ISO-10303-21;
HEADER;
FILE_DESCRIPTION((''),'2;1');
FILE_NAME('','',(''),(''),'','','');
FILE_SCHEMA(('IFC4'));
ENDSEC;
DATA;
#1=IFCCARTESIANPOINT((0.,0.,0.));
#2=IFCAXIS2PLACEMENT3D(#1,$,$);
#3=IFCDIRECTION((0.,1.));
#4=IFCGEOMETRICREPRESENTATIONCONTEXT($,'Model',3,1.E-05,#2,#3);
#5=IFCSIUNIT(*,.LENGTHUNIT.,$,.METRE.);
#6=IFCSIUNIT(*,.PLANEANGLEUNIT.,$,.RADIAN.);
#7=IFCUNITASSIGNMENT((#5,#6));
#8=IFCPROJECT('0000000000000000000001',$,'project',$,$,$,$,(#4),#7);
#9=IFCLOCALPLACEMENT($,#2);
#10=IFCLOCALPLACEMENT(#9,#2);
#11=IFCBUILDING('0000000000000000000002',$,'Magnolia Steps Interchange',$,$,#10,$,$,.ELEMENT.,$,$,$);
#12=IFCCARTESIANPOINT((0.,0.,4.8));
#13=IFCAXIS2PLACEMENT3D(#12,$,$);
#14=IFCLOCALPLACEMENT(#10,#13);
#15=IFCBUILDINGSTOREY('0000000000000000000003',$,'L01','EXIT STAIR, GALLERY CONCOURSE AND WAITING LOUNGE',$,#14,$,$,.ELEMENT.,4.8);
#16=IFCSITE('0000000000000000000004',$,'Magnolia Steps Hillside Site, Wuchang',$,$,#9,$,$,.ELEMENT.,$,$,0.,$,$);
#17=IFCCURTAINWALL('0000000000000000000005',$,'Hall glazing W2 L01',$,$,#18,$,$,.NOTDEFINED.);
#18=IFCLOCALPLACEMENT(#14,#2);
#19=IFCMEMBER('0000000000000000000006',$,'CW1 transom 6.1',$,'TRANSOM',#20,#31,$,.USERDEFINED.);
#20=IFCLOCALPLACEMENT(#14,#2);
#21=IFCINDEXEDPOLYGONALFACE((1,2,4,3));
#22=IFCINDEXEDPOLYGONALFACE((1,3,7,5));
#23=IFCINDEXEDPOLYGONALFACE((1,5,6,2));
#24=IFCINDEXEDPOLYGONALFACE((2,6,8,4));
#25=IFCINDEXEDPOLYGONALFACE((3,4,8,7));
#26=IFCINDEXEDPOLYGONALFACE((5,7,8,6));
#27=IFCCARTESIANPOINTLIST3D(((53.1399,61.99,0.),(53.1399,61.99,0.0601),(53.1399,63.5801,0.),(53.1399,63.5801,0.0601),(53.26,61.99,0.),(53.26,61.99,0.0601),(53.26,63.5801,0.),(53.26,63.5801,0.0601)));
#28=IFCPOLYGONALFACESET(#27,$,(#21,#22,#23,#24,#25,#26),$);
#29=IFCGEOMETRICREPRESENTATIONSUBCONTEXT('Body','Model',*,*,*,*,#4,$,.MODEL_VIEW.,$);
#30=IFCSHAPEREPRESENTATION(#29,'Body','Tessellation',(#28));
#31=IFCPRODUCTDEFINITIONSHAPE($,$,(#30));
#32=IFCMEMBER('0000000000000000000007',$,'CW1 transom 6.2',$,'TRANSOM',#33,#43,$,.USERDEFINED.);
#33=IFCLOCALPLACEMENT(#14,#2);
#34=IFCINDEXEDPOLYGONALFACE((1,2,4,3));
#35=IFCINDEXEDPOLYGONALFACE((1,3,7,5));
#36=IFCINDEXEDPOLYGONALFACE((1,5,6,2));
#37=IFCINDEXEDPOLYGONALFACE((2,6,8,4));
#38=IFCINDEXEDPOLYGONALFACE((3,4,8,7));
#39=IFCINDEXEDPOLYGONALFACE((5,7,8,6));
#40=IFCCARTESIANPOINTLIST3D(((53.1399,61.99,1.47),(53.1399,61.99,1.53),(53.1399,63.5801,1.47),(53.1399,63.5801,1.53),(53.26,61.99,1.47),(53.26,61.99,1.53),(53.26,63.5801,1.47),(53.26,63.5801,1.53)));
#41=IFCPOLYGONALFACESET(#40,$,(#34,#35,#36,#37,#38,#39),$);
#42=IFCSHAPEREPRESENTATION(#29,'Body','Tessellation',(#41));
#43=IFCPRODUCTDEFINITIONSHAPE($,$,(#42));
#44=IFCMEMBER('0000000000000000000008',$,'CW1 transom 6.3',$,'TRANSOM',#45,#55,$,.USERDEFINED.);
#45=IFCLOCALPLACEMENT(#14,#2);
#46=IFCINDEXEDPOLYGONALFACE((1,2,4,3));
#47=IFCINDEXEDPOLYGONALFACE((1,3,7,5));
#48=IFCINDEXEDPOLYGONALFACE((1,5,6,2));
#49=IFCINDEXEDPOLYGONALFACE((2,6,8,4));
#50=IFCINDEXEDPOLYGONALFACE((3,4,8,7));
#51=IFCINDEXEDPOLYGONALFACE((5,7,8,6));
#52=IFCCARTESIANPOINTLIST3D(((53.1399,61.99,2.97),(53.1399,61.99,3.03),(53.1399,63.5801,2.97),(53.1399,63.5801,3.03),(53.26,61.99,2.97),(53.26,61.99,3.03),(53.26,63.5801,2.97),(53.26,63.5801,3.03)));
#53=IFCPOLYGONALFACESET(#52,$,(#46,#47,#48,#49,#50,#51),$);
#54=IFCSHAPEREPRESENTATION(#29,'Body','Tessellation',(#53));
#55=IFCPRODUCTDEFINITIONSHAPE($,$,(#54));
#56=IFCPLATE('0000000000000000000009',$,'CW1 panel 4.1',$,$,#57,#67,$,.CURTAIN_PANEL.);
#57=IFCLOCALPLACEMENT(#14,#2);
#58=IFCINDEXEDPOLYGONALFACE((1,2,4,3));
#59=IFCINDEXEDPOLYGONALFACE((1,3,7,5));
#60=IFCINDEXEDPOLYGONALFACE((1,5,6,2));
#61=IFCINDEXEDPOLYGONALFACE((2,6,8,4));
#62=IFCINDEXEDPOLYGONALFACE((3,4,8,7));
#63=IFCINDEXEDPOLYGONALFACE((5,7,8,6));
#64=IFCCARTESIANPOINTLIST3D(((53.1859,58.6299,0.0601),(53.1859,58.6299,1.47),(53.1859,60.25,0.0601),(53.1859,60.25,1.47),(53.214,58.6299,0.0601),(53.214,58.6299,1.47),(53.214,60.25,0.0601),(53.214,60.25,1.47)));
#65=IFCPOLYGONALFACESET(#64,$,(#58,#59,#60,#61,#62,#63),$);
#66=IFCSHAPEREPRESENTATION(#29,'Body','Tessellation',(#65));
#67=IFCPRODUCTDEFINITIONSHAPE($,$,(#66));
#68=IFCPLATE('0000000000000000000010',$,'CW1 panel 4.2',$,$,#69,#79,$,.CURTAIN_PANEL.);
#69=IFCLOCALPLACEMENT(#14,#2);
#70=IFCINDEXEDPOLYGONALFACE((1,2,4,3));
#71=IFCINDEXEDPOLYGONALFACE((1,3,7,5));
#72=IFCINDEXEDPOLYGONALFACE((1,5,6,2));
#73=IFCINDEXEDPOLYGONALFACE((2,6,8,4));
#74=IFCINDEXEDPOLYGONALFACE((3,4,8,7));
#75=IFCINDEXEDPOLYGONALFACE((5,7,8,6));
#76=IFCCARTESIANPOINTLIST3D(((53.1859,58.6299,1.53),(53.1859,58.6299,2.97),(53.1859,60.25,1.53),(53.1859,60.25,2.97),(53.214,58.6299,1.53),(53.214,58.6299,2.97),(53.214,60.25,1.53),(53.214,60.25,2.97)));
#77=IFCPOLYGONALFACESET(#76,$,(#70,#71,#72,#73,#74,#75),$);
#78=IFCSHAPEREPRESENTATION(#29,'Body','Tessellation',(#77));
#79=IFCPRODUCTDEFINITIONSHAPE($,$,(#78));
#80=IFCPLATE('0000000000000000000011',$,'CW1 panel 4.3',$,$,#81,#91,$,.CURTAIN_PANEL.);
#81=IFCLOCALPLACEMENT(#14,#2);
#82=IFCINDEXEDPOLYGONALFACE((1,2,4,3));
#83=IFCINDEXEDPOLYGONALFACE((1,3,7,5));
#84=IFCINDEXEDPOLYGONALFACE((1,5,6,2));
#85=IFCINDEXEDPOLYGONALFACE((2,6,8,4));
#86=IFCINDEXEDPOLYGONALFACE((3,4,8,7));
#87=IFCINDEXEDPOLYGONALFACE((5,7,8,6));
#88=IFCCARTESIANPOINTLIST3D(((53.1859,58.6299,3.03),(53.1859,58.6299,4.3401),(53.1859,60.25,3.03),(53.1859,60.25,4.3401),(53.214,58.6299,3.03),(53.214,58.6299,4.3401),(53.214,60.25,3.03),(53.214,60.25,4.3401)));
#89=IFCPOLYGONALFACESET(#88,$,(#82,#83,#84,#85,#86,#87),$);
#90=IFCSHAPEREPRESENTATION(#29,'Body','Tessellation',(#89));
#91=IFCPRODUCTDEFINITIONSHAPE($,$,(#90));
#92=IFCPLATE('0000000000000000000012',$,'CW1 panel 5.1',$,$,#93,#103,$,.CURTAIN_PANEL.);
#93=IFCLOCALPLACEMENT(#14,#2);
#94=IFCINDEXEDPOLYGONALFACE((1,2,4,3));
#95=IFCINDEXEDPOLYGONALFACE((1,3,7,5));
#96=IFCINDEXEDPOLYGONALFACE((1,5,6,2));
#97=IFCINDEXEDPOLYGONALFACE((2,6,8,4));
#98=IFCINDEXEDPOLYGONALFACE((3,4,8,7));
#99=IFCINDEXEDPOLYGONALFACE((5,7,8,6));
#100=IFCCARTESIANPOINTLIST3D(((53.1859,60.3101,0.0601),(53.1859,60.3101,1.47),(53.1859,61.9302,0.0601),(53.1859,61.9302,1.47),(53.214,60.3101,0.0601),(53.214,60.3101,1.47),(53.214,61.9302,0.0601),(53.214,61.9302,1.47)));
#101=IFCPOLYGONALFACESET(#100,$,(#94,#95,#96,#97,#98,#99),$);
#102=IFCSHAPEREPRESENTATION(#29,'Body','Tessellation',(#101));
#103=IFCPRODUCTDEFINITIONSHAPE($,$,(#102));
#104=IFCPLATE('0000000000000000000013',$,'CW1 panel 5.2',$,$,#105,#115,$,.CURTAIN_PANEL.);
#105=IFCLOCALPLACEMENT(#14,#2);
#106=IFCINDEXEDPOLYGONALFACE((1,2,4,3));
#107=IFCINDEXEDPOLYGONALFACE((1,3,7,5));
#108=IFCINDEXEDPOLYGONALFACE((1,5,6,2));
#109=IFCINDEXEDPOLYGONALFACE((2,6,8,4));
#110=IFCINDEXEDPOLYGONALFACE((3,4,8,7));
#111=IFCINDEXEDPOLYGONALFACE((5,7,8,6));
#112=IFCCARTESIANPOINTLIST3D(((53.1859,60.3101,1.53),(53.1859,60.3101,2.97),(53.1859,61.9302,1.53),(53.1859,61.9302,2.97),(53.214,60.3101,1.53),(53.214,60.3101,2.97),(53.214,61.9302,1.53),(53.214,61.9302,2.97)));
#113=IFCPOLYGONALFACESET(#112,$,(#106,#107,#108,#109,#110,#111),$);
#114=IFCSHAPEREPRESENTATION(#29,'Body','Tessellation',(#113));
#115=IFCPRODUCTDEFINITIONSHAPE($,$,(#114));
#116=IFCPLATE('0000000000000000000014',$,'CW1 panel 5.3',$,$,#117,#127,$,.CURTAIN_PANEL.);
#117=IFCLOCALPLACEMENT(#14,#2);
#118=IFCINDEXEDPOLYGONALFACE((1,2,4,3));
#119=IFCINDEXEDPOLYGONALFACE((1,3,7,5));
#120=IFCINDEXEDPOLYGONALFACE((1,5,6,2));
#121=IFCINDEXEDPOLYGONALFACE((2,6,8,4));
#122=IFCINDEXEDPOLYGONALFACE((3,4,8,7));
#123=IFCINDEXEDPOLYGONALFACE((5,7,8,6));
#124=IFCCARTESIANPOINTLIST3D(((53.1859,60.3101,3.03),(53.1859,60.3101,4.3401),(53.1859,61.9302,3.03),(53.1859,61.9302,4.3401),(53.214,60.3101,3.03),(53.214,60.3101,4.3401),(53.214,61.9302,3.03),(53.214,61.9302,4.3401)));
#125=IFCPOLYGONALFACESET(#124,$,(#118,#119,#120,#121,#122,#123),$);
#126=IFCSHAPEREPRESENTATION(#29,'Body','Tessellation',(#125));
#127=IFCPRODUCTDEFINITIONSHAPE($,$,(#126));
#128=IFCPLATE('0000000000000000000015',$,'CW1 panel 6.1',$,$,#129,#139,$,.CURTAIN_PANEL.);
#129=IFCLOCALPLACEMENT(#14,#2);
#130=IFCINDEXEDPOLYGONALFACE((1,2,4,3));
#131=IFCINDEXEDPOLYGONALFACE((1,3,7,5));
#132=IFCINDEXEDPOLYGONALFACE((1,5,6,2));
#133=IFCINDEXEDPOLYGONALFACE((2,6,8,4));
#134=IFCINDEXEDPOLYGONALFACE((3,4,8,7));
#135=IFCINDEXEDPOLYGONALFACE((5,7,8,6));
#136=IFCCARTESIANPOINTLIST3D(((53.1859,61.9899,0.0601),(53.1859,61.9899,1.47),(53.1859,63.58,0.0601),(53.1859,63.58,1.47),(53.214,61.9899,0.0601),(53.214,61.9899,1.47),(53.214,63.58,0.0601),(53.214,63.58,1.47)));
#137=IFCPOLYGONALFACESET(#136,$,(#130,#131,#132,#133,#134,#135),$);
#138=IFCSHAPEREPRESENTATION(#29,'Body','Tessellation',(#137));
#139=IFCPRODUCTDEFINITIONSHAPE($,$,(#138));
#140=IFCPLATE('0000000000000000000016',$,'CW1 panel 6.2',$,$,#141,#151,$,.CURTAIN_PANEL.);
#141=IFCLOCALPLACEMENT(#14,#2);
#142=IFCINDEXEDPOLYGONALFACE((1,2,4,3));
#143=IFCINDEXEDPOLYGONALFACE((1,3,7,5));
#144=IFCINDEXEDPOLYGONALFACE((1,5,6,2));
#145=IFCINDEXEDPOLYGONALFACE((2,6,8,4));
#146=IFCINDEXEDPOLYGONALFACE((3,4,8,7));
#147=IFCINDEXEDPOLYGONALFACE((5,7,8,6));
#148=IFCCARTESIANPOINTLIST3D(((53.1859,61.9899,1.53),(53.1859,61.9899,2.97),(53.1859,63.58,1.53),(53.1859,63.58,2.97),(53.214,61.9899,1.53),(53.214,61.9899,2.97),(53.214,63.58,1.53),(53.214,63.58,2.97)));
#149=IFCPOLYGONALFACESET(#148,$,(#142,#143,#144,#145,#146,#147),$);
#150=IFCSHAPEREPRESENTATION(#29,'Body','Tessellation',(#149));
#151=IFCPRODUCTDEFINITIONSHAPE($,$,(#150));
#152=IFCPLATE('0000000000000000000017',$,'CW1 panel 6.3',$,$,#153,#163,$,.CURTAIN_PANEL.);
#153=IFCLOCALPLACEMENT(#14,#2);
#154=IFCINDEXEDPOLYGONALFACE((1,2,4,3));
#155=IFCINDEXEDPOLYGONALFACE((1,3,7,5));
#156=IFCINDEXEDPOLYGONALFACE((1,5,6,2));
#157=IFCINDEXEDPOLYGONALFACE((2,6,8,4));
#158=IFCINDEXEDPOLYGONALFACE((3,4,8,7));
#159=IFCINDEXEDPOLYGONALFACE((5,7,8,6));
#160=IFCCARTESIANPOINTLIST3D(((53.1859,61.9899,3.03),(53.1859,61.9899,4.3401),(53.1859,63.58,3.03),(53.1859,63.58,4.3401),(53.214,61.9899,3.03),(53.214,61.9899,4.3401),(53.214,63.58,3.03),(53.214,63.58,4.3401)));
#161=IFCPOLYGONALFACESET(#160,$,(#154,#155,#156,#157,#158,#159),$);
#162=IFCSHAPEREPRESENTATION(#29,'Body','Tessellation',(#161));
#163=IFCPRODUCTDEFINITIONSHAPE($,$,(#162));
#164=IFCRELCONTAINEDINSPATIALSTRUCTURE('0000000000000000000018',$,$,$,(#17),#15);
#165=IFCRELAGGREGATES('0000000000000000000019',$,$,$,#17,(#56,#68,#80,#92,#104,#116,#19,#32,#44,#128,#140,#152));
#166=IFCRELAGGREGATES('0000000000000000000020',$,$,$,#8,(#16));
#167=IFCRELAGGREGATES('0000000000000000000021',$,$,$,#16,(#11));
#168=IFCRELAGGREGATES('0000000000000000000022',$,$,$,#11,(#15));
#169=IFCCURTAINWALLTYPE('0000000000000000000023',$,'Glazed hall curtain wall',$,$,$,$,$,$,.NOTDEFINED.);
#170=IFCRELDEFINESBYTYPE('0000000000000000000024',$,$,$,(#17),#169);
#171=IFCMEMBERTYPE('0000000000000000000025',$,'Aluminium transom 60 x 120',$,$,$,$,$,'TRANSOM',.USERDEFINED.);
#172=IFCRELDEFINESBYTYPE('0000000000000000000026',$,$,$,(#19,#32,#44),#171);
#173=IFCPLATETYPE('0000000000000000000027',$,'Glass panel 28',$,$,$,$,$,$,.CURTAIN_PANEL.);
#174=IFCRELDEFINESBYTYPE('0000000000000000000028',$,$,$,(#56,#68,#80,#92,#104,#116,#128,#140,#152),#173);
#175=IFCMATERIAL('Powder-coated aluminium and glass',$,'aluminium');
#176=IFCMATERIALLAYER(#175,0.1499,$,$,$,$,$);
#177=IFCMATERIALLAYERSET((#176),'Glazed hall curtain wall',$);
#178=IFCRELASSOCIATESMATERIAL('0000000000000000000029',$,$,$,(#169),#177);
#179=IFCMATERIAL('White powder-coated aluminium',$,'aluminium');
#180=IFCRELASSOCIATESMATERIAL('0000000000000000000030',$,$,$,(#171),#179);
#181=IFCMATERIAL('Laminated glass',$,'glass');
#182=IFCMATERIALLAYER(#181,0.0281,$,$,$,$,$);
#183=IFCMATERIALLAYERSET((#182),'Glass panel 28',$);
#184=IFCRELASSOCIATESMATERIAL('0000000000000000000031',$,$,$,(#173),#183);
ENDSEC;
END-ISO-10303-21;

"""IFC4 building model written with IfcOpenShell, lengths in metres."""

from ifc_helpers import new_model, si_unit, direction, frame, origin, origin_2d, place, context, subcontext, project, spatial, rectangle, extrude, material, layer, layer_set, material_profile, profile_set, type_object, element, aggregate, save


model = new_model("IFC4")

# Units and contexts
model_context = context("Model", 3, precision=1e-05, world=origin(), true_north=direction((0.0, 1.0)))
body_context = subcontext(model_context, "Body", "Model", "MODEL_VIEW")
ifc_project = project(units=[si_unit("LENGTHUNIT", "METRE"), si_unit("PLANEANGLEUNIT", "RADIAN")], contexts=[model_context])

# Site, building, storey
site_placement = place(None, origin())
site = spatial("IfcSite", under=ifc_project, at=site_placement, Name="Magnolia Steps Hillside Site, Wuchang", CompositionType="ELEMENT", RefElevation=0.0)
building_placement = place(site_placement, origin())
building = spatial("IfcBuilding", under=site, at=building_placement, Name="Magnolia Steps Interchange", CompositionType="ELEMENT")
storey_placement = place(building_placement, frame((0.0, 0.0, 4.8)))
storey = spatial("IfcBuildingStorey", under=building, at=storey_placement, Name="L01", Description="EXIT STAIR, GALLERY CONCOURSE AND WAITING LOUNGE", CompositionType="ELEMENT", Elevation=4.8)

# Curtain wall, members, plates
ifc_material_1 = material(Name="Powder-coated aluminium and glass", Category="aluminium")
ifc_layer_1 = layer(ifc_material_1, 0.1499)
ifc_layer_set_1 = layer_set([ifc_layer_1], Name="Glazed hall curtain wall")
curtain_wall_type = type_object("IfcCurtainWallType", Name="Glazed hall curtain wall", PredefinedType="NOTDEFINED", material=ifc_layer_set_1)
curtain_wall_placement = place(storey_placement, origin())
curtain_wall = element("IfcCurtainWall", 1, at=curtain_wall_placement, inside=storey, type_object=curtain_wall_type, Name="Hall glazing W2 L01", PredefinedType="NOTDEFINED")
ifc_material_2 = material(Name="White powder-coated aluminium", Category="aluminium")
ifc_material_profile_1 = material_profile(ifc_material_2, rectangle(XDim=0.0601, YDim=0.1201, at=origin_2d()), Name="Aluminium transom 60 x 120")
ifc_profile_set_1 = profile_set([ifc_material_profile_1], Name="White powder-coated aluminium")
member_type_1 = type_object("IfcMemberType", Name="Aluminium transom 60 x 120", ElementType="TRANSOM", PredefinedType="USERDEFINED", material=ifc_profile_set_1)
member_1_placement = place(storey_placement, frame((53.2, 61.99, 0.03), z_axis=(0.0, 1.0, 0.0), x_axis=(0.0, 0.0, 1.0)))
member_1 = element("IfcMember", 2, at=member_1_placement, type_object=member_type_1, Name="CW1 transom 6.1", ObjectType="TRANSOM", PredefinedType="USERDEFINED", context=body_context, shape_type="SweptSolid", body=[
    extrude(rectangle(XDim=0.0601, YDim=0.1201, at=origin_2d()), origin(), (0.0, 0.0, 1.0), 1.5901),
])
member_2_placement = place(storey_placement, frame((53.2, 61.99, 1.5), z_axis=(0.0, 1.0, 0.0), x_axis=(0.0, 0.0, 1.0)))
member_2 = element("IfcMember", 3, at=member_2_placement, type_object=member_type_1, Name="CW1 transom 6.2", ObjectType="TRANSOM", PredefinedType="USERDEFINED", context=body_context, shape_type="SweptSolid", body=[
    extrude(rectangle(XDim=0.0601, YDim=0.1201, at=origin_2d()), origin(), (0.0, 0.0, 1.0), 1.5901),
])
member_3_placement = place(storey_placement, frame((53.2, 61.99, 3.0), z_axis=(0.0, 1.0, 0.0), x_axis=(0.0, 0.0, 1.0)))
member_3 = element("IfcMember", 4, at=member_3_placement, type_object=member_type_1, Name="CW1 transom 6.3", ObjectType="TRANSOM", PredefinedType="USERDEFINED", context=body_context, shape_type="SweptSolid", body=[
    extrude(rectangle(XDim=0.0601, YDim=0.1201, at=origin_2d()), origin(), (0.0, 0.0, 1.0), 1.5901),
])
ifc_material_3 = material(Name="Laminated glass", Category="glass")
ifc_layer_2 = layer(ifc_material_3, 0.0281)
ifc_layer_set_2 = layer_set([ifc_layer_2], Name="Glass panel 28")
plate_type = type_object("IfcPlateType", Name="Glass panel 28", PredefinedType="CURTAIN_PANEL", material=ifc_layer_set_2)
plate_1_placement = place(storey_placement, frame((53.2, 59.4399, 0.0601), z_axis=(0.0, 0.0, 1.0), x_axis=(0.0, 1.0, 0.0)))
plate_1 = element("IfcPlate", 5, at=plate_1_placement, type_object=plate_type, Name="CW1 panel 4.1", PredefinedType="CURTAIN_PANEL", context=body_context, shape_type="SweptSolid", body=[
    extrude(rectangle(XDim=1.6201, YDim=0.0281, at=origin_2d()), origin(), (0.0, 0.0, 1.0), 1.4099),
])
plate_2_placement = place(storey_placement, frame((53.2, 59.4399, 1.53), z_axis=(0.0, 0.0, 1.0), x_axis=(0.0, 1.0, 0.0)))
plate_2 = element("IfcPlate", 6, at=plate_2_placement, type_object=plate_type, Name="CW1 panel 4.2", PredefinedType="CURTAIN_PANEL", context=body_context, shape_type="SweptSolid", body=[
    extrude(rectangle(XDim=1.6201, YDim=0.0281, at=origin_2d()), origin(), (0.0, 0.0, 1.0), 1.4399),
])
plate_3_placement = place(storey_placement, frame((53.2, 59.4399, 3.03), z_axis=(0.0, 0.0, 1.0), x_axis=(0.0, 1.0, 0.0)))
plate_3 = element("IfcPlate", 7, at=plate_3_placement, type_object=plate_type, Name="CW1 panel 4.3", PredefinedType="CURTAIN_PANEL", context=body_context, shape_type="SweptSolid", body=[
    extrude(rectangle(XDim=1.6201, YDim=0.0281, at=origin_2d()), origin(), (0.0, 0.0, 1.0), 1.3101),
])
plate_4_placement = place(storey_placement, frame((53.2, 61.1201, 0.0601), z_axis=(0.0, 0.0, 1.0), x_axis=(0.0, 1.0, 0.0)))
plate_4 = element("IfcPlate", 8, at=plate_4_placement, type_object=plate_type, Name="CW1 panel 5.1", PredefinedType="CURTAIN_PANEL", context=body_context, shape_type="SweptSolid", body=[
    extrude(rectangle(XDim=1.6201, YDim=0.0281, at=origin_2d()), origin(), (0.0, 0.0, 1.0), 1.4099),
])
plate_5_placement = place(storey_placement, frame((53.2, 61.1201, 1.53), z_axis=(0.0, 0.0, 1.0), x_axis=(0.0, 1.0, 0.0)))
plate_5 = element("IfcPlate", 9, at=plate_5_placement, type_object=plate_type, Name="CW1 panel 5.2", PredefinedType="CURTAIN_PANEL", context=body_context, shape_type="SweptSolid", body=[
    extrude(rectangle(XDim=1.6201, YDim=0.0281, at=origin_2d()), origin(), (0.0, 0.0, 1.0), 1.4399),
])
plate_6_placement = place(storey_placement, frame((53.2, 61.1201, 3.03), z_axis=(0.0, 0.0, 1.0), x_axis=(0.0, 1.0, 0.0)))
plate_6 = element("IfcPlate", 10, at=plate_6_placement, type_object=plate_type, Name="CW1 panel 5.3", PredefinedType="CURTAIN_PANEL", context=body_context, shape_type="SweptSolid", body=[
    extrude(rectangle(XDim=1.6201, YDim=0.0281, at=origin_2d()), origin(), (0.0, 0.0, 1.0), 1.3101),
])
plate_7_placement = place(storey_placement, frame((53.2, 62.7849, 0.0601), z_axis=(0.0, 0.0, 1.0), x_axis=(0.0, 1.0, 0.0)))
plate_7 = element("IfcPlate", 11, at=plate_7_placement, type_object=plate_type, Name="CW1 panel 6.1", PredefinedType="CURTAIN_PANEL", context=body_context, shape_type="SweptSolid", body=[
    extrude(rectangle(XDim=1.5901, YDim=0.0281, at=origin_2d()), origin(), (0.0, 0.0, 1.0), 1.4099),
])
plate_8_placement = place(storey_placement, frame((53.2, 62.7849, 1.53), z_axis=(0.0, 0.0, 1.0), x_axis=(0.0, 1.0, 0.0)))
plate_8 = element("IfcPlate", 12, at=plate_8_placement, type_object=plate_type, Name="CW1 panel 6.2", PredefinedType="CURTAIN_PANEL", context=body_context, shape_type="SweptSolid", body=[
    extrude(rectangle(XDim=1.5901, YDim=0.0281, at=origin_2d()), origin(), (0.0, 0.0, 1.0), 1.4399),
])
plate_9_placement = place(storey_placement, frame((53.2, 62.7849, 3.03), z_axis=(0.0, 0.0, 1.0), x_axis=(0.0, 1.0, 0.0)))
plate_9 = element("IfcPlate", 13, at=plate_9_placement, type_object=plate_type, Name="CW1 panel 6.3", PredefinedType="CURTAIN_PANEL", context=body_context, shape_type="SweptSolid", body=[
    extrude(rectangle(XDim=1.5901, YDim=0.0281, at=origin_2d()), origin(), (0.0, 0.0, 1.0), 1.3101),
])
aggregate(curtain_wall, [plate_1, plate_2, plate_3, plate_4, plate_5, plate_6, member_1, member_2, member_3, plate_7, plate_8, plate_9])

save(model, "model.ifc")
